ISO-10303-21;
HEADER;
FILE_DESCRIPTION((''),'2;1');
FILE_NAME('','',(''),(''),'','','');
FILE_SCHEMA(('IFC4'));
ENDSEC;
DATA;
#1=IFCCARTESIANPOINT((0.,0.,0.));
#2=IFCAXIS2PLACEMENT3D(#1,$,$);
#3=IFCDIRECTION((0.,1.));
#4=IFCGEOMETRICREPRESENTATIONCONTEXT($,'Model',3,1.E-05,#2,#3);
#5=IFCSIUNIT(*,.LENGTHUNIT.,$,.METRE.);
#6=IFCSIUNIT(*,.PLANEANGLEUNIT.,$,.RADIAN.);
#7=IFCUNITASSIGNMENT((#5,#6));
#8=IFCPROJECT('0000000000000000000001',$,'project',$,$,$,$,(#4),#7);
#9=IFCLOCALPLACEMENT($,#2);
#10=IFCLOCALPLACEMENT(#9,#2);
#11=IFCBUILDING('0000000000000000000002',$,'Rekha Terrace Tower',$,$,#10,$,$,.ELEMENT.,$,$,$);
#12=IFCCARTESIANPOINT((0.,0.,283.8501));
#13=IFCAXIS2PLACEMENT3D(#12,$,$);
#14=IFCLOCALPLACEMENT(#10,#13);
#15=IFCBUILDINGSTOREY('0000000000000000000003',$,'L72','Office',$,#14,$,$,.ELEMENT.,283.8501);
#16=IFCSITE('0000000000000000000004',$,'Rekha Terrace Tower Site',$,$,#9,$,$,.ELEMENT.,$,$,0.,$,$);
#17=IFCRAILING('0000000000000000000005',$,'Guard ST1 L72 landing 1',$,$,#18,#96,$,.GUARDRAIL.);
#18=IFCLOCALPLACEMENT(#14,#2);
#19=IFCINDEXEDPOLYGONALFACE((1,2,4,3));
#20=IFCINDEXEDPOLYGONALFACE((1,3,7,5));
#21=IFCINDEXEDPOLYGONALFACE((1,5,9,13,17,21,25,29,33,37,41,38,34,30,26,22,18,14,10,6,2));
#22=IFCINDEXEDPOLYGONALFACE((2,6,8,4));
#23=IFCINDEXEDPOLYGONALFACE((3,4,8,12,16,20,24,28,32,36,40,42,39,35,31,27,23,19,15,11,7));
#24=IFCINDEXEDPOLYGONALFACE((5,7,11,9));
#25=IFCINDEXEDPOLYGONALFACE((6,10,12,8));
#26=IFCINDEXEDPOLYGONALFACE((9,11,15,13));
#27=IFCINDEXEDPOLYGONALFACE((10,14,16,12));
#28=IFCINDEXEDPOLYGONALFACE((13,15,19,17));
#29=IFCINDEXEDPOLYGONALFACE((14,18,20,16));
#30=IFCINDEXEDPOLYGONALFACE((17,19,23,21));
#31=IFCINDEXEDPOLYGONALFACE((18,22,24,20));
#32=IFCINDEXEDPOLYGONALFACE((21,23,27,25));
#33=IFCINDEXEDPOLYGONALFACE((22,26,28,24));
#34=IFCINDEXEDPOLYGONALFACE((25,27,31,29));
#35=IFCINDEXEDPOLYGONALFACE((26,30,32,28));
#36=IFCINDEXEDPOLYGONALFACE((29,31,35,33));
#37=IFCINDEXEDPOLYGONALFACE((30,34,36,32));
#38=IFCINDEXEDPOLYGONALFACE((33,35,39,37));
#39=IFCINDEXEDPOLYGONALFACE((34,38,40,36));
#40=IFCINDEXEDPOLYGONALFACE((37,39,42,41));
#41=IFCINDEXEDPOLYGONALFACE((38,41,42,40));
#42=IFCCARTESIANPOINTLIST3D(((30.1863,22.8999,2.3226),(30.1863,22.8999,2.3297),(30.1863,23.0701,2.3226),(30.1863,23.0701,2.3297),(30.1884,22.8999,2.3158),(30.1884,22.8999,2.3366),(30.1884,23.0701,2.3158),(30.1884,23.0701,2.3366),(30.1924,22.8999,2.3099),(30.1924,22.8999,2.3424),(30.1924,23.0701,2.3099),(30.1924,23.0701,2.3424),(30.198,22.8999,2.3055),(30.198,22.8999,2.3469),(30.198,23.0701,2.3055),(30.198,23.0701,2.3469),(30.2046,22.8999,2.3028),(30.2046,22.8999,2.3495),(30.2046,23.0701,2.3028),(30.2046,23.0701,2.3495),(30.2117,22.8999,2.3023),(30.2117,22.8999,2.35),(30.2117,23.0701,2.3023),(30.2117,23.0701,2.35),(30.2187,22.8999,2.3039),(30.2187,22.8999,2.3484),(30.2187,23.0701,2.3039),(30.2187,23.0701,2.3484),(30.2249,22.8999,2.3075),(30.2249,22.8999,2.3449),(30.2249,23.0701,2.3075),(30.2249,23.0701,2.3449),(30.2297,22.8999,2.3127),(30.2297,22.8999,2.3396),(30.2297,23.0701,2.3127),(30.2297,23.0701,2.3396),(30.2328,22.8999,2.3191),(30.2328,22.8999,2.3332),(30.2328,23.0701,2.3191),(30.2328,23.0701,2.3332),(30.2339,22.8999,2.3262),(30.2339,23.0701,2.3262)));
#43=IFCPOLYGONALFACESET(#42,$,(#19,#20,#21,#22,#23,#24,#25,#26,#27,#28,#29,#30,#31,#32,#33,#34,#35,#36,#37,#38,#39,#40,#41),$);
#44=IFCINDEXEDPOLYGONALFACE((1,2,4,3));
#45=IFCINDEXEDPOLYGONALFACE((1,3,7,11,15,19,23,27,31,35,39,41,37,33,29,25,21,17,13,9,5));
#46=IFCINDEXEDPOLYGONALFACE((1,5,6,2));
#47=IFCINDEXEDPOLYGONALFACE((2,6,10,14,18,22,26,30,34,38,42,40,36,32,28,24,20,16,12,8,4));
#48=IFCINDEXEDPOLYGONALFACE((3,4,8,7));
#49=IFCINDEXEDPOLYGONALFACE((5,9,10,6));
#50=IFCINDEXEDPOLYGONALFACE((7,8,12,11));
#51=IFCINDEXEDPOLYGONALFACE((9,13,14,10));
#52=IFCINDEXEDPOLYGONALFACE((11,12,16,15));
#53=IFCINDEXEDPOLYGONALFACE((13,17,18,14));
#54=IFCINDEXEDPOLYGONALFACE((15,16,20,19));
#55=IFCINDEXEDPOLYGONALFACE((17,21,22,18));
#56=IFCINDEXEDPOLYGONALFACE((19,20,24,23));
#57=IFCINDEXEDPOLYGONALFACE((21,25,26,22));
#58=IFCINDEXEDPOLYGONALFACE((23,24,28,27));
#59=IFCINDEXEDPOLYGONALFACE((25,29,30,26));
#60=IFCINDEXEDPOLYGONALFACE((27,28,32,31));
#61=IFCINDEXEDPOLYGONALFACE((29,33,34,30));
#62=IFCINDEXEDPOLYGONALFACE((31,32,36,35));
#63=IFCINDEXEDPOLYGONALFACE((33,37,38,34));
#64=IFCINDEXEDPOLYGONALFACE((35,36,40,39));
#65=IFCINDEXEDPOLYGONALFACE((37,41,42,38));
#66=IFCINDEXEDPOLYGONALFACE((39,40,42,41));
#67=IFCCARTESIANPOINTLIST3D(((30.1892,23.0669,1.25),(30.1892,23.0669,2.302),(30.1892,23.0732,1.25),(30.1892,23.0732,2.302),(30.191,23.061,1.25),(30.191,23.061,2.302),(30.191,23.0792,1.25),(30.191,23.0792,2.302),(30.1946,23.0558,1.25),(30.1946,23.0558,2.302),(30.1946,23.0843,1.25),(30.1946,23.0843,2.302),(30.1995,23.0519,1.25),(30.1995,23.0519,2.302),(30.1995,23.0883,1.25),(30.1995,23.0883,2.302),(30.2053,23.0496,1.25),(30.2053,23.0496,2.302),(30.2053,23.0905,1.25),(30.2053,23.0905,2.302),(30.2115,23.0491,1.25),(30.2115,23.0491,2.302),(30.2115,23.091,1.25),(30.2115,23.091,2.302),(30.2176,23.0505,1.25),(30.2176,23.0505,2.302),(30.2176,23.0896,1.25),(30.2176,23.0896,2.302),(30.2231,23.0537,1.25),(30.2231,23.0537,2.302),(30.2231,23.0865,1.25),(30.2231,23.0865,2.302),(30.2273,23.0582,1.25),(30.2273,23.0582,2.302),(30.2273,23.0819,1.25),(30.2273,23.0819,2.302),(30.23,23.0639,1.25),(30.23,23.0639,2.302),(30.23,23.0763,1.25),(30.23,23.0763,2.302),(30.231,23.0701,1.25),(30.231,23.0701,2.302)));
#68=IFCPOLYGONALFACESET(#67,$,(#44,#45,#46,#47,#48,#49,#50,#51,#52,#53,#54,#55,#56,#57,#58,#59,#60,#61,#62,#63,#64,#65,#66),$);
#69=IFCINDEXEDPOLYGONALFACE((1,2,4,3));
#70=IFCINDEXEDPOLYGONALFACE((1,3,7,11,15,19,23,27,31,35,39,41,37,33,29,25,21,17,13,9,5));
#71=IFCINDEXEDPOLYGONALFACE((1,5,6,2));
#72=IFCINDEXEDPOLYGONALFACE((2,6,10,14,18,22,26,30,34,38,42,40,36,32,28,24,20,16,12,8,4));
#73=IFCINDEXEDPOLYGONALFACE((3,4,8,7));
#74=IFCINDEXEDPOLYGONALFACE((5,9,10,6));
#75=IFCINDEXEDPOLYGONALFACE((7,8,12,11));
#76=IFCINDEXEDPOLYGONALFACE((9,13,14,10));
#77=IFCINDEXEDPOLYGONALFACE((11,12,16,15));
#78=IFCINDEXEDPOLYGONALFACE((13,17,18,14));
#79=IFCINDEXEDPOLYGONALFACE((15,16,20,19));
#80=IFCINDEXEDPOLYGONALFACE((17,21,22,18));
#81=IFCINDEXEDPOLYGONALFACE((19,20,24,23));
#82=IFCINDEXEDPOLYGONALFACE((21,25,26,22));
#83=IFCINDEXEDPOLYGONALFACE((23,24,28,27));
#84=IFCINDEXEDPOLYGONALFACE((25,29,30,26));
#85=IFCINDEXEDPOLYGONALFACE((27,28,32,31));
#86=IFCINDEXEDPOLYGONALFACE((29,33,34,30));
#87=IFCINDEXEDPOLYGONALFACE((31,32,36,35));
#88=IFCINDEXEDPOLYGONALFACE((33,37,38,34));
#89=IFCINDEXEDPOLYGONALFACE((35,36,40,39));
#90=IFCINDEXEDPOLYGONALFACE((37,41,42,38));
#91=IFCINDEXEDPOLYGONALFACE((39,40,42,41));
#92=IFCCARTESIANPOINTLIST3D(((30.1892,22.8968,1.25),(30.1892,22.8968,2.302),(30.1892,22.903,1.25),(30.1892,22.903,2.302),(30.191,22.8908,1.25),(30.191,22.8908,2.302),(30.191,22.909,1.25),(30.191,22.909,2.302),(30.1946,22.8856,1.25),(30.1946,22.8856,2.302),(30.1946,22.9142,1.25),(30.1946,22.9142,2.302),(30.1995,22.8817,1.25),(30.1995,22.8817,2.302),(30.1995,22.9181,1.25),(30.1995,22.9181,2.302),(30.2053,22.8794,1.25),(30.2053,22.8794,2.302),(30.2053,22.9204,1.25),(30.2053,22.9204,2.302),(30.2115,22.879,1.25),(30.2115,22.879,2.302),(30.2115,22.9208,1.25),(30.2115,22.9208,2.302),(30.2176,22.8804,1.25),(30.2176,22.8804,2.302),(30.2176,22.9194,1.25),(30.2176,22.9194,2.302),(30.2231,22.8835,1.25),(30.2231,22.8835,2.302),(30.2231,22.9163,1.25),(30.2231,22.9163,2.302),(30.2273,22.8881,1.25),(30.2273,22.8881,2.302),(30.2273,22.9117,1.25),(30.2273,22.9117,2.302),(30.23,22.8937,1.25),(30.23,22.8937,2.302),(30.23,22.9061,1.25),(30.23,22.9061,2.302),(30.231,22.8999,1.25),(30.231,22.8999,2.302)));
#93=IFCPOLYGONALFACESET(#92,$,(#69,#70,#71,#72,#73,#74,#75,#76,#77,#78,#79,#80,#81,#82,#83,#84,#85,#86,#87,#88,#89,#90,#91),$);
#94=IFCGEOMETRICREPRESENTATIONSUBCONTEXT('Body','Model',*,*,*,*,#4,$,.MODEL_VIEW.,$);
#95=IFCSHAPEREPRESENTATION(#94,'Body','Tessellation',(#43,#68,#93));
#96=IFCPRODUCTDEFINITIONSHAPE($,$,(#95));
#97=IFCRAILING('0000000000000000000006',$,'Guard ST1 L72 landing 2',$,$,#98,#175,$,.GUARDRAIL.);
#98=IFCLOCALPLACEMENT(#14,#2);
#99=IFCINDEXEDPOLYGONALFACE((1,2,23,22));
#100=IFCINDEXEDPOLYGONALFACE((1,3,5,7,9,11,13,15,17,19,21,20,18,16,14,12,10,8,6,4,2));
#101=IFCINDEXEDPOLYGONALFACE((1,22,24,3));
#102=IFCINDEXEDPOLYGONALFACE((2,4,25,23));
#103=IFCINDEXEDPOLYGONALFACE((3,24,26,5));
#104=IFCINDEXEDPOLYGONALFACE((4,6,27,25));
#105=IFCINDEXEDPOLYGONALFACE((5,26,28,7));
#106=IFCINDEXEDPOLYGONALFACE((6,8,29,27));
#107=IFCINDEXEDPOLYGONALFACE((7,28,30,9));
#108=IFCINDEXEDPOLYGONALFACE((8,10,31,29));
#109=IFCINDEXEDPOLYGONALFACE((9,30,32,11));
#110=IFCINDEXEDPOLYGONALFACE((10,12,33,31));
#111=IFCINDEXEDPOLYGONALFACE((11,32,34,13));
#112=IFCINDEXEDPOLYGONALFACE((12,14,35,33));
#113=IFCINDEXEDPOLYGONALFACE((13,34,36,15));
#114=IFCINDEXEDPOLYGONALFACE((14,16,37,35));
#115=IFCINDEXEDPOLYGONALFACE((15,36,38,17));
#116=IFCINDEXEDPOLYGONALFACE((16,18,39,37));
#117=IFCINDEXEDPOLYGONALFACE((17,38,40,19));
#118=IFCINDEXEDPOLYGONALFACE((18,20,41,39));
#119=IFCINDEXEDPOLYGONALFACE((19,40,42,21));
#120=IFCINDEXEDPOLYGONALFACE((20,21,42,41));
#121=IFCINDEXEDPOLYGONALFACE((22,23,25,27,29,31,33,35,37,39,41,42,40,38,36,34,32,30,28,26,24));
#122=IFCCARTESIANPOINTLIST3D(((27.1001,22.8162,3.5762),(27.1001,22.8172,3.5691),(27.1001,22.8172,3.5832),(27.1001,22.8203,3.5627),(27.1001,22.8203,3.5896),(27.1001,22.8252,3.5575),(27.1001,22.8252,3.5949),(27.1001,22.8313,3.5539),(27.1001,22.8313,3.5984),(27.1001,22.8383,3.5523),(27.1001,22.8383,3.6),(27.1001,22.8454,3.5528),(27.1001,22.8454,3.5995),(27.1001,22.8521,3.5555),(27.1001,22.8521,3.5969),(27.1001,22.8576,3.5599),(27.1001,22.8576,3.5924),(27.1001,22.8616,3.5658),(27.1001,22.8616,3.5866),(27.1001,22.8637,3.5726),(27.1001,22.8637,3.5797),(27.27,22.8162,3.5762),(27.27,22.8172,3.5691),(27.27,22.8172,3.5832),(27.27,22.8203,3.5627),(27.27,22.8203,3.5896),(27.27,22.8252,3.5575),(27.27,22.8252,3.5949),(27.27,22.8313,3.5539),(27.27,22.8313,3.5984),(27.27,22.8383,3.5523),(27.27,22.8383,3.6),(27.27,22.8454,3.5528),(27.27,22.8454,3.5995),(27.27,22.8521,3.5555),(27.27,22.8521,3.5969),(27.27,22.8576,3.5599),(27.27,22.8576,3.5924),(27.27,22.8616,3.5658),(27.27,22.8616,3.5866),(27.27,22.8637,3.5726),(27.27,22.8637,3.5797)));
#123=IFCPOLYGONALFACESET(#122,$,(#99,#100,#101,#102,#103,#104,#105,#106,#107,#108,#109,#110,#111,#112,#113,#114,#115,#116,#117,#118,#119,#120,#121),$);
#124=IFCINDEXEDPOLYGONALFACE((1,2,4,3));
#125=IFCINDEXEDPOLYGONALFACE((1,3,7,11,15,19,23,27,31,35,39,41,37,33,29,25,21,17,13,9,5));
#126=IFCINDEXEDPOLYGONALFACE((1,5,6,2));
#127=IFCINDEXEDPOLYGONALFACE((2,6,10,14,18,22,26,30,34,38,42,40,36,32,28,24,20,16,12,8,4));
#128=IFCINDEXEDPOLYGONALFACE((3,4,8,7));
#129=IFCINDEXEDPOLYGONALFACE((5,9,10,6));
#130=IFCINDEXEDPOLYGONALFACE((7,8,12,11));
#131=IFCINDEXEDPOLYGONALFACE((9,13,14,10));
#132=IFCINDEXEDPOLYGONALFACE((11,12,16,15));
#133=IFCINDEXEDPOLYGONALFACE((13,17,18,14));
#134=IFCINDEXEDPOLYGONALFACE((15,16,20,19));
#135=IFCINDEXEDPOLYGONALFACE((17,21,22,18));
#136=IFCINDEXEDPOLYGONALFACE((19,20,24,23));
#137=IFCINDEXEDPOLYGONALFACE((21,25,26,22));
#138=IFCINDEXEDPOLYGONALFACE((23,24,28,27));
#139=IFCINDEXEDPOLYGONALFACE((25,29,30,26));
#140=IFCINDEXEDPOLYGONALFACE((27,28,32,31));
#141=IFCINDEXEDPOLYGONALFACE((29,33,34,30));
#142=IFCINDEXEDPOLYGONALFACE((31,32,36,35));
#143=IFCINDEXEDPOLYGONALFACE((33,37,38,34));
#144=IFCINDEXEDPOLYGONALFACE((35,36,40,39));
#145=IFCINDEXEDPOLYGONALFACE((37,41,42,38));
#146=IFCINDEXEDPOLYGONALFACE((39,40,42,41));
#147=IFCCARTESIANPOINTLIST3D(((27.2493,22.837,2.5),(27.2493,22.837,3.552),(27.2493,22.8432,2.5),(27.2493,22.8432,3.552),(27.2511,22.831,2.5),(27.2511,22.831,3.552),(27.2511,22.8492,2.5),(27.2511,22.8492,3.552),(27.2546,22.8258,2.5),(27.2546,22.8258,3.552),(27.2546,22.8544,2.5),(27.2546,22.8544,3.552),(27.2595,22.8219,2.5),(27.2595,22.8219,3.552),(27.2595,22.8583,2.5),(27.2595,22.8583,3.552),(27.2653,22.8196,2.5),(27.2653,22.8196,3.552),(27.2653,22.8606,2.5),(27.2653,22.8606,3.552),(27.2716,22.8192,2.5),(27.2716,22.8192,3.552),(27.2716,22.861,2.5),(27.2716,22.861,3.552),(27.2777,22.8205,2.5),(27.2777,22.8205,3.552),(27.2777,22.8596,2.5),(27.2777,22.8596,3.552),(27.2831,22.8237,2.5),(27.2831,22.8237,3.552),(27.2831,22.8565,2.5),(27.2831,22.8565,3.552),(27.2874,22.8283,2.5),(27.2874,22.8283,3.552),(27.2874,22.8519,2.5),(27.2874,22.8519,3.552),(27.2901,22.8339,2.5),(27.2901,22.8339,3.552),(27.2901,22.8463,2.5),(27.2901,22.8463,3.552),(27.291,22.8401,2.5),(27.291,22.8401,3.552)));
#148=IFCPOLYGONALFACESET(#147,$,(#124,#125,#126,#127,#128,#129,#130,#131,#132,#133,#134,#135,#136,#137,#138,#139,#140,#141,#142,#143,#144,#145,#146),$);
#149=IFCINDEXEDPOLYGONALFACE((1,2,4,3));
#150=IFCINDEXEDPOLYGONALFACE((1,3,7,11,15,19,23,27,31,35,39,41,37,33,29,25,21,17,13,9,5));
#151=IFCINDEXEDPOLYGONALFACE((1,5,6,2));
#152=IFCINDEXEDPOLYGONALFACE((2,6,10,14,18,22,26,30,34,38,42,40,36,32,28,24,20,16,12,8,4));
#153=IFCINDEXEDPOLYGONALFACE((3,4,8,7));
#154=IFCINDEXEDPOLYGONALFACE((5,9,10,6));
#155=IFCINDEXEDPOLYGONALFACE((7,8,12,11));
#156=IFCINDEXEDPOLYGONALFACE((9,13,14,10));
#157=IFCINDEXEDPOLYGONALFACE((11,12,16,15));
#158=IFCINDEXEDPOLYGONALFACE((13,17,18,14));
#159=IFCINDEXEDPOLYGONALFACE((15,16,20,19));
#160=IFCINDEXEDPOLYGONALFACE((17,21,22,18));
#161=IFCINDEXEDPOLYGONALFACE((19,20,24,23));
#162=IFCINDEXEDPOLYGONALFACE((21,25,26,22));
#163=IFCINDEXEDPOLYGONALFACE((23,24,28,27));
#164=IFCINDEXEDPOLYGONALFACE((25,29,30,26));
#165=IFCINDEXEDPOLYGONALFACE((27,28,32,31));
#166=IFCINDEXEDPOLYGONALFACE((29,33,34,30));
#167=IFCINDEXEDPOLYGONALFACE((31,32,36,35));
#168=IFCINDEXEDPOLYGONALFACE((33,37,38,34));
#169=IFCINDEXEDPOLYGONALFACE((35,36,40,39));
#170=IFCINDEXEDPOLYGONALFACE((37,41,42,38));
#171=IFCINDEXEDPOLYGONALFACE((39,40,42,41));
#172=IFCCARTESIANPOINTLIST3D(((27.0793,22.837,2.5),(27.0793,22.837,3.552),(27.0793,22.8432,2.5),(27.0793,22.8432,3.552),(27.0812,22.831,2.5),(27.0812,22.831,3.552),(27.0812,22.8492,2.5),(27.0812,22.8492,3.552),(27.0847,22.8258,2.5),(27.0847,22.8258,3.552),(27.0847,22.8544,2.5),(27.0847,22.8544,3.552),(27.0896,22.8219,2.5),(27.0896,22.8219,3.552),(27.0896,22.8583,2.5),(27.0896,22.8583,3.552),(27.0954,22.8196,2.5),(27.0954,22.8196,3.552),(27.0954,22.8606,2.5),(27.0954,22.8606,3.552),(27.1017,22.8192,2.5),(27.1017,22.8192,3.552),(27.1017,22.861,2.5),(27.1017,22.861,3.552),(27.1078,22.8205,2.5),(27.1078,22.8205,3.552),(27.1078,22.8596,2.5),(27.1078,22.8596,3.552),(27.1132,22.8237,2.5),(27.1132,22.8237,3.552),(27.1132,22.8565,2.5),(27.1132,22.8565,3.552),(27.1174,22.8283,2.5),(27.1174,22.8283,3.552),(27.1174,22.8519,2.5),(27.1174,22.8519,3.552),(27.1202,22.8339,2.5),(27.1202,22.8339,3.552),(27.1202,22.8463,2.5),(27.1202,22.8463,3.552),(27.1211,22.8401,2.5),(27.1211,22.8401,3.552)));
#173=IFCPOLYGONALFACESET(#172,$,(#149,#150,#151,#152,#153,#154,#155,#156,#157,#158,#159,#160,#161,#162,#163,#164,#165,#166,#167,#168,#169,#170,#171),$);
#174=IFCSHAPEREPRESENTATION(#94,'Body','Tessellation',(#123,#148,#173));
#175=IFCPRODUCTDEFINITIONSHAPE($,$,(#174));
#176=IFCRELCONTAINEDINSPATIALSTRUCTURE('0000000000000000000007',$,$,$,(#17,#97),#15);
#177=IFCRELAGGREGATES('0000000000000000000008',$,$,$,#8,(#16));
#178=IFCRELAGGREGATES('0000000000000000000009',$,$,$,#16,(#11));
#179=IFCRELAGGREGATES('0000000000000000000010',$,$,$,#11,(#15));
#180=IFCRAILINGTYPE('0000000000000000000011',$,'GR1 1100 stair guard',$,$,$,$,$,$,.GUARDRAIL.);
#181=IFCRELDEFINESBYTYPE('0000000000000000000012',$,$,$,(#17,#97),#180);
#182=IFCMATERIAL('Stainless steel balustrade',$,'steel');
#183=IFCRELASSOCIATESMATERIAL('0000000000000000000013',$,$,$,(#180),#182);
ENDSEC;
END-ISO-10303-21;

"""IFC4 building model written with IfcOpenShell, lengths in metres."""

from ifc_helpers import new_model, si_unit, direction, frame, origin, origin_2d, place, context, subcontext, project, spatial, circle, extrude, material, type_object, element, save


model = new_model("IFC4")

# Units and contexts
model_context = context("Model", 3, precision=1e-05, world=origin(), true_north=direction((0.0, 1.0)))
body_context = subcontext(model_context, "Body", "Model", "MODEL_VIEW")
ifc_project = project(units=[si_unit("LENGTHUNIT", "METRE"), si_unit("PLANEANGLEUNIT", "RADIAN")], contexts=[model_context])

# Site, building, storey
site_placement = place(None, origin())
site = spatial("IfcSite", under=ifc_project, at=site_placement, Name="Rekha Terrace Tower Site", CompositionType="ELEMENT", RefElevation=0.0)
building_placement = place(site_placement, origin())
building = spatial("IfcBuilding", under=site, at=building_placement, Name="Rekha Terrace Tower", CompositionType="ELEMENT")
storey_placement = place(building_placement, frame((0.0, 0.0, 283.8501)))
storey = spatial("IfcBuildingStorey", under=building, at=storey_placement, Name="L72", Description="Office", CompositionType="ELEMENT", Elevation=283.8501)

# Railings
ifc_material_1 = material(Name="Stainless steel balustrade", Category="steel")
railing_type_1 = type_object("IfcRailingType", Name="GR1 1100 stair guard", PredefinedType="GUARDRAIL", material=ifc_material_1)
railing_1_placement = place(storey_placement, frame((30.21, 23.0701, 1.25)))
element("IfcRailing", 1, at=railing_1_placement, inside=storey, type_object=railing_type_1, Name="Guard ST1 L72 landing 1", PredefinedType="GUARDRAIL", context=body_context, shape_type="SweptSolid", body=[
    extrude(circle(Radius=0.0239, at=origin_2d()), frame((0.0, 0.0, 1.0762), z_axis=(0.0, -1.0, 0.0), x_axis=(1.0, 0.0, 0.0)), (0.0, 0.0, 1.0), 0.1702),
    extrude(circle(Radius=0.021, at=origin_2d()), origin(), (0.0, 0.0, 1.0), 1.052),
    extrude(circle(Radius=0.021, at=origin_2d()), frame((0.0, -0.1702, 0.0)), (0.0, 0.0, 1.0), 1.052),
])
railing_2_placement = place(storey_placement, frame((27.27, 22.8401, 2.5)))
element("IfcRailing", 2, at=railing_2_placement, inside=storey, type_object=railing_type_1, Name="Guard ST1 L72 landing 2", PredefinedType="GUARDRAIL", context=body_context, shape_type="SweptSolid", body=[
    extrude(circle(Radius=0.0239, at=origin_2d()), frame((0.0, 0.0, 1.0762), z_axis=(-1.0, 0.0, 0.0), x_axis=(0.0, -1.0, 0.0)), (0.0, 0.0, 1.0), 0.1699),
    extrude(circle(Radius=0.021, at=origin_2d()), origin(), (0.0, 0.0, 1.0), 1.052),
    extrude(circle(Radius=0.021, at=origin_2d()), frame((-0.1699, 0.0, 0.0)), (0.0, 0.0, 1.0), 1.052),
])

save(model, "model.ifc")
